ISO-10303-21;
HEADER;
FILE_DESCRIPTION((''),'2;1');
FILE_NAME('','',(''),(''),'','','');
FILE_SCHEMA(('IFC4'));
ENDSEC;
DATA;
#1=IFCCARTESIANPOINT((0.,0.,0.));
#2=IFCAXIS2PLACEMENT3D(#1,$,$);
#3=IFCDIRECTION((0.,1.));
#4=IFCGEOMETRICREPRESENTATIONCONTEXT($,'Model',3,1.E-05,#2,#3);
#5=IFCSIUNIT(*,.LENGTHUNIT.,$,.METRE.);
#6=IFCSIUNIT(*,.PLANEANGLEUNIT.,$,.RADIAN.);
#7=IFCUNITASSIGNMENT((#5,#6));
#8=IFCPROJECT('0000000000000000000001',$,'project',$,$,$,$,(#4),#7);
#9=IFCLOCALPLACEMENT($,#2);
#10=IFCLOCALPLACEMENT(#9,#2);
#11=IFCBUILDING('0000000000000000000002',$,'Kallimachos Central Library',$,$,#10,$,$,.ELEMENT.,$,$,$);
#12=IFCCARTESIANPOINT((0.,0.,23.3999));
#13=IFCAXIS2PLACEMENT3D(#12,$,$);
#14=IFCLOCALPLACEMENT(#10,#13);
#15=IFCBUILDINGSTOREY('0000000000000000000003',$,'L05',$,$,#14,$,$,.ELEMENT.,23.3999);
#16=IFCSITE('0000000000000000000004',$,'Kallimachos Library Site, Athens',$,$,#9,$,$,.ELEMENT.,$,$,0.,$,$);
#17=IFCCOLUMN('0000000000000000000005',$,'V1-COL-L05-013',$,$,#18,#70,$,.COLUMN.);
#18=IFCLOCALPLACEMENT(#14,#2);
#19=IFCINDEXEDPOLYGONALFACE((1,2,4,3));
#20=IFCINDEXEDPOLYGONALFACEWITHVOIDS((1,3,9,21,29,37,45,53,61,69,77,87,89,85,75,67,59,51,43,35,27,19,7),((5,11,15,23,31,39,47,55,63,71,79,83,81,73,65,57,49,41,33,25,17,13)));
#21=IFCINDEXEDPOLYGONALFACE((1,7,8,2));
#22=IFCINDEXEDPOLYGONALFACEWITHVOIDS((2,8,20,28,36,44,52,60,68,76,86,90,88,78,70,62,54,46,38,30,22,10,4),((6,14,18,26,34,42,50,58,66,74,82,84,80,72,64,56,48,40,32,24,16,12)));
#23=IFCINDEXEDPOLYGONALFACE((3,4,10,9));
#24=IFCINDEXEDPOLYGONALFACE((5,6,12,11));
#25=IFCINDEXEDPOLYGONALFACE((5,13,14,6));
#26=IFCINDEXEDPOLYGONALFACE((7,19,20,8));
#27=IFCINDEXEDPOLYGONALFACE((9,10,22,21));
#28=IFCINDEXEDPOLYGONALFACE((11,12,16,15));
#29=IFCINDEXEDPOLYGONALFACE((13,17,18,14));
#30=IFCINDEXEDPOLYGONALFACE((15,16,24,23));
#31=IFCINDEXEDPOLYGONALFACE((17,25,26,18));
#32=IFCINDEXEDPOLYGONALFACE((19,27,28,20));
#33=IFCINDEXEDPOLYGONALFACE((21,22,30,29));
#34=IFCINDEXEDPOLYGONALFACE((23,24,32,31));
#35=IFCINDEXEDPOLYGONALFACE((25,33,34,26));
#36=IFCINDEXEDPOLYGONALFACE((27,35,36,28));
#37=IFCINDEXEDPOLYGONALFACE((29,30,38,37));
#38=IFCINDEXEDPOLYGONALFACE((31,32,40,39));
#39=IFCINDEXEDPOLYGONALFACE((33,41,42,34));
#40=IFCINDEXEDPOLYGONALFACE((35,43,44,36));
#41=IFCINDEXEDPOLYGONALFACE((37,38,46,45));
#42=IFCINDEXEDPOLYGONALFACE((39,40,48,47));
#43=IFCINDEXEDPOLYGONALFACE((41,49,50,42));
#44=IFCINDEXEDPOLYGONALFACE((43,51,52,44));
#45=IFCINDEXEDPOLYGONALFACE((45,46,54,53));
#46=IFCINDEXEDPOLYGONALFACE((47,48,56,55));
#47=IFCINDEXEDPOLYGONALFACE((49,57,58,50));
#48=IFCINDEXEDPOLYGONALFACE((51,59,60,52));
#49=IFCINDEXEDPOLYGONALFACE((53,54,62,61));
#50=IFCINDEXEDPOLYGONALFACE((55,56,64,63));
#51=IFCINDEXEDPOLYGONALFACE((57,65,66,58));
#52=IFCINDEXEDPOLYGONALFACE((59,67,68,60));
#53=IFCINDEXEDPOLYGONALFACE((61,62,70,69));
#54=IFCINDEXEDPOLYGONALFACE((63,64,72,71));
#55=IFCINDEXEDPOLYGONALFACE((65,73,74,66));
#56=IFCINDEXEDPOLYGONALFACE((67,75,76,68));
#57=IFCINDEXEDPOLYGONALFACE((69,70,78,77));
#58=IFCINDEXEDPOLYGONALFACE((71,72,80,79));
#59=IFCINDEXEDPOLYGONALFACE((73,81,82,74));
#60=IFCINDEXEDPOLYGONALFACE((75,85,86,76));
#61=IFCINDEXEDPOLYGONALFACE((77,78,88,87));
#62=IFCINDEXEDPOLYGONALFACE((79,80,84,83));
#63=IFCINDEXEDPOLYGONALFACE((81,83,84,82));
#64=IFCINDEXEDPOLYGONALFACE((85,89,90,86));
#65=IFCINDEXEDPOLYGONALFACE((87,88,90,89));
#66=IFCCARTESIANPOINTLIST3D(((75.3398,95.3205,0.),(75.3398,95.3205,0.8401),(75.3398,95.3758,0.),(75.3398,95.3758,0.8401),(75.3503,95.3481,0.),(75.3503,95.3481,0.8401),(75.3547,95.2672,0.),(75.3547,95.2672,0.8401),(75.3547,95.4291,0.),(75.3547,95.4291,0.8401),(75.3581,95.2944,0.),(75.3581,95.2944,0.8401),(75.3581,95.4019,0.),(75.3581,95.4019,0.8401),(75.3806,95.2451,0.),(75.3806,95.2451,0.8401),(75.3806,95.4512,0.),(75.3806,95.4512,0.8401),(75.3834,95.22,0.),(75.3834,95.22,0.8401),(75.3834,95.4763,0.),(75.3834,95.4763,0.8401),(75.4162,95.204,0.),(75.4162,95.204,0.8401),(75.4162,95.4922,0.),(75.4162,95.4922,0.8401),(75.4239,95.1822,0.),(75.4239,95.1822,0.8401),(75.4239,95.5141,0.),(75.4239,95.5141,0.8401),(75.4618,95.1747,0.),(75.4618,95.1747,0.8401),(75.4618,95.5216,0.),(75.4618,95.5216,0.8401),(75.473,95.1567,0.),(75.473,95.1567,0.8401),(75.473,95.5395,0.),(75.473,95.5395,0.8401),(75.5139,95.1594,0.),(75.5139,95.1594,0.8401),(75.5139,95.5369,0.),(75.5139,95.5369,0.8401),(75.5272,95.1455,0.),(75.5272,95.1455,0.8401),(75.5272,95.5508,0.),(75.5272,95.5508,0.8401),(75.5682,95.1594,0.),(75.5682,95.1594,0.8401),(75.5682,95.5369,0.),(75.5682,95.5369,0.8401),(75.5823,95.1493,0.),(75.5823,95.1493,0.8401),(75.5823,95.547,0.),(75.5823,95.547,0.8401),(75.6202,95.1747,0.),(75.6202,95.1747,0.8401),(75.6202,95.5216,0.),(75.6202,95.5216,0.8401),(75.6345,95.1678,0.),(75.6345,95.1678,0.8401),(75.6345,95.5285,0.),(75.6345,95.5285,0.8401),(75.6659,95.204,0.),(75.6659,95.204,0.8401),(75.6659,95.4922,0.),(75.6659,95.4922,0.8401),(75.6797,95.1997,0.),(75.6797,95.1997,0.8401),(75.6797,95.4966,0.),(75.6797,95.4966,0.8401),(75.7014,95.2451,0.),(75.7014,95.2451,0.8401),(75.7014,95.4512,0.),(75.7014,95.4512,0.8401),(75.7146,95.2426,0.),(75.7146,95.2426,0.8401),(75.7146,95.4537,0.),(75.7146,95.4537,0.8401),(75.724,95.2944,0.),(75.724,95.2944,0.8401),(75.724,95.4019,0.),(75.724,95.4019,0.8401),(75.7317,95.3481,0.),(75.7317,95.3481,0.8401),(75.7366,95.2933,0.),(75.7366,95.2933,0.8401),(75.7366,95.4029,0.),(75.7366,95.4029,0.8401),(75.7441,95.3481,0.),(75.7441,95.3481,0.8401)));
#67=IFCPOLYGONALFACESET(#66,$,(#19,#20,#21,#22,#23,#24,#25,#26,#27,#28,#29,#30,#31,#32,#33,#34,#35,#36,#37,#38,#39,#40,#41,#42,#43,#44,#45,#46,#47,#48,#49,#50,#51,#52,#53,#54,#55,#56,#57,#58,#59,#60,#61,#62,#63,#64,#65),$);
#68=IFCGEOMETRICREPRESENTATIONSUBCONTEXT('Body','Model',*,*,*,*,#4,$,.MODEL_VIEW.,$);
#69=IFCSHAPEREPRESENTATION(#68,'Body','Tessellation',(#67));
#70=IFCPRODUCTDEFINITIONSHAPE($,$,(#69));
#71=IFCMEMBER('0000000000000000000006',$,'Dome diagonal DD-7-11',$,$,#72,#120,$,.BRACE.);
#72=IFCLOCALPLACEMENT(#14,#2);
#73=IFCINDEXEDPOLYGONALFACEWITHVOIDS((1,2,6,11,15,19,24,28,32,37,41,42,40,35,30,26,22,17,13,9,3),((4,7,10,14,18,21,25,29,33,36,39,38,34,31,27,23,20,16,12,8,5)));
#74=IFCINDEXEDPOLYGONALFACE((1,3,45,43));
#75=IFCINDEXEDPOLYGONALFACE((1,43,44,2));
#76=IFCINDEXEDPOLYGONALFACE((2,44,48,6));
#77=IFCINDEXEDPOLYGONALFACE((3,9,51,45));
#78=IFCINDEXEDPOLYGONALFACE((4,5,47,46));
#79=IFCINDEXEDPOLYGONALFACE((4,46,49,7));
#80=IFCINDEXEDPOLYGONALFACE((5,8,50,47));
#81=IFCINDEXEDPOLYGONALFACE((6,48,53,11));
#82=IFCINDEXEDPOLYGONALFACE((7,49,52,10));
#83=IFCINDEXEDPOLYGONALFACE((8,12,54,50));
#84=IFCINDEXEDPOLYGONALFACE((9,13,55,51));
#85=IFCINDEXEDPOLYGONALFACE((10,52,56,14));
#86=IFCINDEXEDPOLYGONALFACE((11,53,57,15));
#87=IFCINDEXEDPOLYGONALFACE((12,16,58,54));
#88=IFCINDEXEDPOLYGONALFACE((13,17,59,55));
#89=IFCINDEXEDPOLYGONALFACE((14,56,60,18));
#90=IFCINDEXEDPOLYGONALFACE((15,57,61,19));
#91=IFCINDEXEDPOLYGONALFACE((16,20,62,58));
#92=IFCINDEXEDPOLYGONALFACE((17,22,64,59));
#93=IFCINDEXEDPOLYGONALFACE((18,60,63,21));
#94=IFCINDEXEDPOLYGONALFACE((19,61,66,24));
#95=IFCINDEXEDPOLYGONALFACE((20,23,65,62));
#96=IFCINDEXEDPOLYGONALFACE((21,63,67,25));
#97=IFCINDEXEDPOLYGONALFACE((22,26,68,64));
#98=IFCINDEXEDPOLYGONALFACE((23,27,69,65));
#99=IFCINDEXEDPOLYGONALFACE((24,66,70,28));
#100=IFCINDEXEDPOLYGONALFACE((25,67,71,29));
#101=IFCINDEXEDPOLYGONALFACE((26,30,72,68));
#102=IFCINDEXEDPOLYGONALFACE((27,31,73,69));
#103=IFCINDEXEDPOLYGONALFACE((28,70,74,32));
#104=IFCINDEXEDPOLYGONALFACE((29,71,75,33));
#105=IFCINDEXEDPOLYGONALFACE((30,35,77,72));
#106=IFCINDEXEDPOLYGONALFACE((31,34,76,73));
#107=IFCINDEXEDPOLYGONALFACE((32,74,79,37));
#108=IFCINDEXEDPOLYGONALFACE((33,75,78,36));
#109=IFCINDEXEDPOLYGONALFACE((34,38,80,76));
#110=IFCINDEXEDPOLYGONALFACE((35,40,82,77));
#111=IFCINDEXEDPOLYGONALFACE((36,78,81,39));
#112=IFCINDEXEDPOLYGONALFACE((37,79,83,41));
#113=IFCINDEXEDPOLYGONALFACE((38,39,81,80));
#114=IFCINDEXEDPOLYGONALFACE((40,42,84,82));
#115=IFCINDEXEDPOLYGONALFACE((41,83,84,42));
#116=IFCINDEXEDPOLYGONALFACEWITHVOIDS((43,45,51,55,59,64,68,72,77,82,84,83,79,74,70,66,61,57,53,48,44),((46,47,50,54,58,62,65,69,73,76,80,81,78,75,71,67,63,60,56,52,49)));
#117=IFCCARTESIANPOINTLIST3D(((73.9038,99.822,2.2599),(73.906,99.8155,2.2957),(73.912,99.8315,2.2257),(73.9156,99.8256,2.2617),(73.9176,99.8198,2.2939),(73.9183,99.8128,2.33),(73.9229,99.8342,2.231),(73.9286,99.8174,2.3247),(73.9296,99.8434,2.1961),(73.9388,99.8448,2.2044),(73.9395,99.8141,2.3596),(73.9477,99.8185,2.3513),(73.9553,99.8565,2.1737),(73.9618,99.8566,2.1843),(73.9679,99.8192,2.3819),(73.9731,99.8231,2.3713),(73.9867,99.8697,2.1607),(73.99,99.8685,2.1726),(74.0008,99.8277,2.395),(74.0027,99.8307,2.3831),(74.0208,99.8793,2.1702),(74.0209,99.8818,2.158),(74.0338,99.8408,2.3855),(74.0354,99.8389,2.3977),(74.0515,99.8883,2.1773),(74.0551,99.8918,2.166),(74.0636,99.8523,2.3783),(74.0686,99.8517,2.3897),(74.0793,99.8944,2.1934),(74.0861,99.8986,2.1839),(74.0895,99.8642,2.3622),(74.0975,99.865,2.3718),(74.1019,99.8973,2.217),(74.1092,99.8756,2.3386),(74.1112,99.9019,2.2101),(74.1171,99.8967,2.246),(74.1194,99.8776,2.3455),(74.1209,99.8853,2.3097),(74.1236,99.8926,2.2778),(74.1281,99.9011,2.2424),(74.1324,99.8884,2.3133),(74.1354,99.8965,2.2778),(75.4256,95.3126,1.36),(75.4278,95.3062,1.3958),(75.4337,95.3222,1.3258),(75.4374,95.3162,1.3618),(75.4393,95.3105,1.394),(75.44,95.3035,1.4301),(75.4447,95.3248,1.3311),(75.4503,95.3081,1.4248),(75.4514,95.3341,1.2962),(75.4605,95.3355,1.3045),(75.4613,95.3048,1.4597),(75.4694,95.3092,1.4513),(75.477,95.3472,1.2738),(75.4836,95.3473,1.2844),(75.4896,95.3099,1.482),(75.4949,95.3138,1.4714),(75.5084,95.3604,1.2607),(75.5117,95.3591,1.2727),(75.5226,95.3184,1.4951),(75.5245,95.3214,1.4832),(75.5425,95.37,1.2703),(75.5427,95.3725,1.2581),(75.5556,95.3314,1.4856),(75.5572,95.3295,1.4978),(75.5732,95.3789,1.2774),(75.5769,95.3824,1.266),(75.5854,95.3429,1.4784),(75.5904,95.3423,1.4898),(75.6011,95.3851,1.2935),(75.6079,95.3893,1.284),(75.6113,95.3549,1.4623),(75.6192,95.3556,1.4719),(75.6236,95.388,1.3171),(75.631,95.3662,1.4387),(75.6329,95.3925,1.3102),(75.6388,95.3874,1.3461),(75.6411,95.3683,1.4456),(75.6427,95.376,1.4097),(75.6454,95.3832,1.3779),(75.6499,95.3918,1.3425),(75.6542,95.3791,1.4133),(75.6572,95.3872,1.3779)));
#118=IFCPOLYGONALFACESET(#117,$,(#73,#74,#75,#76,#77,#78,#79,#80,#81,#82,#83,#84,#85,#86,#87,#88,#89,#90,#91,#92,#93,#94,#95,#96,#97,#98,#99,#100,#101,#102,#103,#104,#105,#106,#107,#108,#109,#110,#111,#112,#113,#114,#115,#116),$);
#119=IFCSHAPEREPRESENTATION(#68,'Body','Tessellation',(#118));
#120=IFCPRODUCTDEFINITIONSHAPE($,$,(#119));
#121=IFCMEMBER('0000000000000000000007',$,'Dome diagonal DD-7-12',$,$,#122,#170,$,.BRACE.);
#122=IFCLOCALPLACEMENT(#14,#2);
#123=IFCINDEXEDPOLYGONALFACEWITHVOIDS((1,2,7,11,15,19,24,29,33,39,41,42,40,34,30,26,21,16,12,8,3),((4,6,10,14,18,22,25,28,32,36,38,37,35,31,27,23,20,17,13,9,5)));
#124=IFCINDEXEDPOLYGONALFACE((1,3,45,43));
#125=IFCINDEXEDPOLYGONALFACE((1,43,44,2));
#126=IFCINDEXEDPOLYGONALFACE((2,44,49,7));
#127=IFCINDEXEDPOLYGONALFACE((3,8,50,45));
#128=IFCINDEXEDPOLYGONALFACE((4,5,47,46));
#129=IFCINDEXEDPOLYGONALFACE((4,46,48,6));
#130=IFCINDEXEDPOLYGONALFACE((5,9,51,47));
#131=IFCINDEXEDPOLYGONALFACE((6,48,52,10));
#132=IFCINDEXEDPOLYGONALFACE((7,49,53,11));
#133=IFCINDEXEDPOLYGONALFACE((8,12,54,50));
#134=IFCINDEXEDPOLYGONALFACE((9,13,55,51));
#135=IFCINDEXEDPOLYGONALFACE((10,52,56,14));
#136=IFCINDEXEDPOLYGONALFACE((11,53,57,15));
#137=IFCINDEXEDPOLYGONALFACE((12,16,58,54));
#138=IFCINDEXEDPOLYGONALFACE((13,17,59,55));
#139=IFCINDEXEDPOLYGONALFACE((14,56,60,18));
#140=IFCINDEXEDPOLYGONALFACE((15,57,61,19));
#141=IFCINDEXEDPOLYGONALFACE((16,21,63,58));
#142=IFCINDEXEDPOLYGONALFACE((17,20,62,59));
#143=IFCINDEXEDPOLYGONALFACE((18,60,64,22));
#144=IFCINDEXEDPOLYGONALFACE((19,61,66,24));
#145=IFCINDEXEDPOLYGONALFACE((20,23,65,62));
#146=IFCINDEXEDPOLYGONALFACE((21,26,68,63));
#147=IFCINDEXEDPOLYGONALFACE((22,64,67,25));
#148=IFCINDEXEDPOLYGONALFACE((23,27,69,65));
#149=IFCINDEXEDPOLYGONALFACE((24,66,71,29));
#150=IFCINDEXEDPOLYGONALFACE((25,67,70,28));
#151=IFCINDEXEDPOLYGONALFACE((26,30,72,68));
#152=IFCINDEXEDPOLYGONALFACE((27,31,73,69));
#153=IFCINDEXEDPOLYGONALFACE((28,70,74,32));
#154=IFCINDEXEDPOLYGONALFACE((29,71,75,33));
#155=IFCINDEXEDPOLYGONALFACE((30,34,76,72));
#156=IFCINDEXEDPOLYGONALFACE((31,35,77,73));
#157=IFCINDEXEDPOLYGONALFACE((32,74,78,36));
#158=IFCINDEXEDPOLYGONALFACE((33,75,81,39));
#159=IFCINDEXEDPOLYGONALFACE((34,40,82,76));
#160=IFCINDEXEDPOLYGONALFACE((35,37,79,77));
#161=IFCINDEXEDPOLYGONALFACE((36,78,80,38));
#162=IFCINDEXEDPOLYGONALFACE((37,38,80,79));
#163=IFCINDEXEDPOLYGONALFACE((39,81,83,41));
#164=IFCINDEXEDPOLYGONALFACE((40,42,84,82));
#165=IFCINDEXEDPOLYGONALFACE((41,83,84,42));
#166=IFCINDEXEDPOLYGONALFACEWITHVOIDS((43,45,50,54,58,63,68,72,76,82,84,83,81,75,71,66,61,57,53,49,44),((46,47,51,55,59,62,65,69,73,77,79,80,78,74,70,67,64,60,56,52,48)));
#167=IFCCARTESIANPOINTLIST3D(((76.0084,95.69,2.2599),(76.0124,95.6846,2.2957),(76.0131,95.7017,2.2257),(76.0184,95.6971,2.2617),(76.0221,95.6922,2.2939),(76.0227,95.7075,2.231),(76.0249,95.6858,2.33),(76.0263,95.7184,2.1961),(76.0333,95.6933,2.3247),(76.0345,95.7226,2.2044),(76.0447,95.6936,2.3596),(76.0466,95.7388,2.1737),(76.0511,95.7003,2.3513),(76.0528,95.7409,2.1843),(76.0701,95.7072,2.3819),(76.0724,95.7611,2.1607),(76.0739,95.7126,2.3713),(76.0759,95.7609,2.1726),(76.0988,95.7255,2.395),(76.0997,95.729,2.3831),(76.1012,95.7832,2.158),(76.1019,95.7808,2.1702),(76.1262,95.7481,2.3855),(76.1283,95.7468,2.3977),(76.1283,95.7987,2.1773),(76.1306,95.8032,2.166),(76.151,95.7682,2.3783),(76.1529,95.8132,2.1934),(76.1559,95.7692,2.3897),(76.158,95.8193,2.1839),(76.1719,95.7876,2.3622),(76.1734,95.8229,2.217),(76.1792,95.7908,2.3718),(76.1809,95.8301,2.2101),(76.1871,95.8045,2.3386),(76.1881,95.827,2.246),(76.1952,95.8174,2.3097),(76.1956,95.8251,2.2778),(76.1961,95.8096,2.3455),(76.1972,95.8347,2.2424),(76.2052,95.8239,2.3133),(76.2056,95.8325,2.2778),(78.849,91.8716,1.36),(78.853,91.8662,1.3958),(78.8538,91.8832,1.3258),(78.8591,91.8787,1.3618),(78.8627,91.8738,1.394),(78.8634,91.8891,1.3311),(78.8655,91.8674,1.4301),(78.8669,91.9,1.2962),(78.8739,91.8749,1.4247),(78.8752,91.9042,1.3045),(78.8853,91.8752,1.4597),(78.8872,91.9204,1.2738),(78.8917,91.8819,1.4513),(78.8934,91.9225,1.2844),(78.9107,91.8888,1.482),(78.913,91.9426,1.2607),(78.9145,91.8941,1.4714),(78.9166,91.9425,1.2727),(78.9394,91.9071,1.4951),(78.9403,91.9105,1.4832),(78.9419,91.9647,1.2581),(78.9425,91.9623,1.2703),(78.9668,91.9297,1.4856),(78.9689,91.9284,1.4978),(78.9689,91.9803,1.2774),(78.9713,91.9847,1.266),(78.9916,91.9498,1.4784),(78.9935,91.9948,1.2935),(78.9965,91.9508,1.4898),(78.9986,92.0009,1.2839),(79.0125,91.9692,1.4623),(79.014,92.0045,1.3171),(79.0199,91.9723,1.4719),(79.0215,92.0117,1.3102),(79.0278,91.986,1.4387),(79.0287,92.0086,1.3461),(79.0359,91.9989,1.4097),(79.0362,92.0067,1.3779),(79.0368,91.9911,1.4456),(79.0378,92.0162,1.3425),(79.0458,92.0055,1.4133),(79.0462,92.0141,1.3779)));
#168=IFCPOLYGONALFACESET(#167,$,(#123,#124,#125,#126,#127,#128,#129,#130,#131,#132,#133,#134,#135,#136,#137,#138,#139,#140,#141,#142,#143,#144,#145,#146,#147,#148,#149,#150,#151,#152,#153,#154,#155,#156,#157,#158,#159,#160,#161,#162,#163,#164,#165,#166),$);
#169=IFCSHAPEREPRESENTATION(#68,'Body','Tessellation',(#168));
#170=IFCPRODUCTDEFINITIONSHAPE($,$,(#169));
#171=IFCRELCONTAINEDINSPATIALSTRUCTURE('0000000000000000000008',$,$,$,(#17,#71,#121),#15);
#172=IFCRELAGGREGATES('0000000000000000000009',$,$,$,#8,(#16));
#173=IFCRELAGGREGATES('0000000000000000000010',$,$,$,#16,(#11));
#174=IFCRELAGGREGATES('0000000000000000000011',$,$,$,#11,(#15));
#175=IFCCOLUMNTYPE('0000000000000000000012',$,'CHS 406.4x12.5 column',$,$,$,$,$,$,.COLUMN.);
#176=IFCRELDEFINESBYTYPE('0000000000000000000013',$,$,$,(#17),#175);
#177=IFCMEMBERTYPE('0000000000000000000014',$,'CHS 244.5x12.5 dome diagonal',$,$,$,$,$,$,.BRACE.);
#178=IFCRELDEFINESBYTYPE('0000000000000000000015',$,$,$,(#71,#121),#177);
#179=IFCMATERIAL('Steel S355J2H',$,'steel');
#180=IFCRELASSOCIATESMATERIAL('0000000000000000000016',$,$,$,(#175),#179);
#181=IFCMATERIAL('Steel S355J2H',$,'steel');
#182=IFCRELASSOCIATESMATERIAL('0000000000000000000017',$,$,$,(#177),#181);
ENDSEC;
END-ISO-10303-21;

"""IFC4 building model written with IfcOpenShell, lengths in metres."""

from ifc_helpers import new_model, si_unit, direction, frame, origin, origin_2d, place, context, subcontext, project, spatial, hollow_circle, extrude, material, material_profile, profile_set, type_object, element, save


model = new_model("IFC4")

# Units and contexts
model_context = context("Model", 3, precision=1e-05, world=origin(), true_north=direction((0.0, 1.0)))
body_context = subcontext(model_context, "Body", "Model", "MODEL_VIEW")
ifc_project = project(units=[si_unit("LENGTHUNIT", "METRE"), si_unit("PLANEANGLEUNIT", "RADIAN")], contexts=[model_context])

# Site, building, storey
site_placement = place(None, origin())
site = spatial("IfcSite", under=ifc_project, at=site_placement, Name="Kallimachos Library Site, Athens", CompositionType="ELEMENT", RefElevation=0.0)
building_placement = place(site_placement, origin())
building = spatial("IfcBuilding", under=site, at=building_placement, Name="Kallimachos Central Library", CompositionType="ELEMENT")
storey_placement = place(building_placement, frame((0.0, 0.0, 23.3999)))
storey = spatial("IfcBuildingStorey", under=building, at=storey_placement, Name="L05", CompositionType="ELEMENT", Elevation=23.3999)

# Column
ifc_material_1 = material(Name="Steel S355J2H", Category="steel")
ifc_material_profile_1 = material_profile(ifc_material_1, hollow_circle(Radius=0.2031, WallThickness=0.0125, at=origin_2d()), Name="CHS 406.4x12.5")
ifc_profile_set_1 = profile_set([ifc_material_profile_1], Name="Steel S355J2H")
column_type = type_object("IfcColumnType", Name="CHS 406.4x12.5 column", PredefinedType="COLUMN", material=ifc_profile_set_1)
column_placement = place(storey_placement, frame((75.541, 95.3481, 0.0), z_axis=(0.0, 0.0, 1.0), x_axis=(1.0, 0.0, 0.0)))
element("IfcColumn", 1, at=column_placement, inside=storey, type_object=column_type, Name="V1-COL-L05-013", PredefinedType="COLUMN", context=body_context, shape_type="SweptSolid", body=[
    extrude(hollow_circle(Radius=0.2031, WallThickness=0.0125, at=origin_2d()), origin(), (0.0, 0.0, 1.0), 0.8401),
])

# Members
ifc_material_2 = material(Name="Steel S355J2H", Category="steel")
ifc_material_profile_2 = material_profile(ifc_material_2, hollow_circle(Radius=0.1223, WallThickness=0.0125, at=origin_2d()), Name="CHS 244.5x12.5")
ifc_profile_set_2 = profile_set([ifc_material_profile_2], Name="Steel S355J2H")
member_type_1 = type_object("IfcMemberType", Name="CHS 244.5x12.5 dome diagonal", PredefinedType="BRACE", material=ifc_profile_set_2)
for number, where, z_axis, x_axis, name in (
    (2, (74.0195, 99.8574, 2.2778), (0.314182, -0.931004, -0.185798), (0.947502, 0.31975, 0.0), "Dome diagonal DD-7-11"),
    (3, (76.1074, 95.7595, 2.2778), (0.586483, -0.788363, -0.1858), (0.802333, 0.596876, 0.0), "Dome diagonal DD-7-12"),
):
    element("IfcMember", number, at=place(storey_placement, frame(where, z_axis=z_axis, x_axis=x_axis)), inside=storey, type_object=member_type_1, Name=name, PredefinedType="BRACE", context=body_context, shape_type="SweptSolid", body=[
        extrude(hollow_circle(Radius=0.1223, WallThickness=0.0125, at=origin_2d()), origin(), (0.0, 0.0, 1.0), 4.8435),
    ])

save(model, "model.ifc")
